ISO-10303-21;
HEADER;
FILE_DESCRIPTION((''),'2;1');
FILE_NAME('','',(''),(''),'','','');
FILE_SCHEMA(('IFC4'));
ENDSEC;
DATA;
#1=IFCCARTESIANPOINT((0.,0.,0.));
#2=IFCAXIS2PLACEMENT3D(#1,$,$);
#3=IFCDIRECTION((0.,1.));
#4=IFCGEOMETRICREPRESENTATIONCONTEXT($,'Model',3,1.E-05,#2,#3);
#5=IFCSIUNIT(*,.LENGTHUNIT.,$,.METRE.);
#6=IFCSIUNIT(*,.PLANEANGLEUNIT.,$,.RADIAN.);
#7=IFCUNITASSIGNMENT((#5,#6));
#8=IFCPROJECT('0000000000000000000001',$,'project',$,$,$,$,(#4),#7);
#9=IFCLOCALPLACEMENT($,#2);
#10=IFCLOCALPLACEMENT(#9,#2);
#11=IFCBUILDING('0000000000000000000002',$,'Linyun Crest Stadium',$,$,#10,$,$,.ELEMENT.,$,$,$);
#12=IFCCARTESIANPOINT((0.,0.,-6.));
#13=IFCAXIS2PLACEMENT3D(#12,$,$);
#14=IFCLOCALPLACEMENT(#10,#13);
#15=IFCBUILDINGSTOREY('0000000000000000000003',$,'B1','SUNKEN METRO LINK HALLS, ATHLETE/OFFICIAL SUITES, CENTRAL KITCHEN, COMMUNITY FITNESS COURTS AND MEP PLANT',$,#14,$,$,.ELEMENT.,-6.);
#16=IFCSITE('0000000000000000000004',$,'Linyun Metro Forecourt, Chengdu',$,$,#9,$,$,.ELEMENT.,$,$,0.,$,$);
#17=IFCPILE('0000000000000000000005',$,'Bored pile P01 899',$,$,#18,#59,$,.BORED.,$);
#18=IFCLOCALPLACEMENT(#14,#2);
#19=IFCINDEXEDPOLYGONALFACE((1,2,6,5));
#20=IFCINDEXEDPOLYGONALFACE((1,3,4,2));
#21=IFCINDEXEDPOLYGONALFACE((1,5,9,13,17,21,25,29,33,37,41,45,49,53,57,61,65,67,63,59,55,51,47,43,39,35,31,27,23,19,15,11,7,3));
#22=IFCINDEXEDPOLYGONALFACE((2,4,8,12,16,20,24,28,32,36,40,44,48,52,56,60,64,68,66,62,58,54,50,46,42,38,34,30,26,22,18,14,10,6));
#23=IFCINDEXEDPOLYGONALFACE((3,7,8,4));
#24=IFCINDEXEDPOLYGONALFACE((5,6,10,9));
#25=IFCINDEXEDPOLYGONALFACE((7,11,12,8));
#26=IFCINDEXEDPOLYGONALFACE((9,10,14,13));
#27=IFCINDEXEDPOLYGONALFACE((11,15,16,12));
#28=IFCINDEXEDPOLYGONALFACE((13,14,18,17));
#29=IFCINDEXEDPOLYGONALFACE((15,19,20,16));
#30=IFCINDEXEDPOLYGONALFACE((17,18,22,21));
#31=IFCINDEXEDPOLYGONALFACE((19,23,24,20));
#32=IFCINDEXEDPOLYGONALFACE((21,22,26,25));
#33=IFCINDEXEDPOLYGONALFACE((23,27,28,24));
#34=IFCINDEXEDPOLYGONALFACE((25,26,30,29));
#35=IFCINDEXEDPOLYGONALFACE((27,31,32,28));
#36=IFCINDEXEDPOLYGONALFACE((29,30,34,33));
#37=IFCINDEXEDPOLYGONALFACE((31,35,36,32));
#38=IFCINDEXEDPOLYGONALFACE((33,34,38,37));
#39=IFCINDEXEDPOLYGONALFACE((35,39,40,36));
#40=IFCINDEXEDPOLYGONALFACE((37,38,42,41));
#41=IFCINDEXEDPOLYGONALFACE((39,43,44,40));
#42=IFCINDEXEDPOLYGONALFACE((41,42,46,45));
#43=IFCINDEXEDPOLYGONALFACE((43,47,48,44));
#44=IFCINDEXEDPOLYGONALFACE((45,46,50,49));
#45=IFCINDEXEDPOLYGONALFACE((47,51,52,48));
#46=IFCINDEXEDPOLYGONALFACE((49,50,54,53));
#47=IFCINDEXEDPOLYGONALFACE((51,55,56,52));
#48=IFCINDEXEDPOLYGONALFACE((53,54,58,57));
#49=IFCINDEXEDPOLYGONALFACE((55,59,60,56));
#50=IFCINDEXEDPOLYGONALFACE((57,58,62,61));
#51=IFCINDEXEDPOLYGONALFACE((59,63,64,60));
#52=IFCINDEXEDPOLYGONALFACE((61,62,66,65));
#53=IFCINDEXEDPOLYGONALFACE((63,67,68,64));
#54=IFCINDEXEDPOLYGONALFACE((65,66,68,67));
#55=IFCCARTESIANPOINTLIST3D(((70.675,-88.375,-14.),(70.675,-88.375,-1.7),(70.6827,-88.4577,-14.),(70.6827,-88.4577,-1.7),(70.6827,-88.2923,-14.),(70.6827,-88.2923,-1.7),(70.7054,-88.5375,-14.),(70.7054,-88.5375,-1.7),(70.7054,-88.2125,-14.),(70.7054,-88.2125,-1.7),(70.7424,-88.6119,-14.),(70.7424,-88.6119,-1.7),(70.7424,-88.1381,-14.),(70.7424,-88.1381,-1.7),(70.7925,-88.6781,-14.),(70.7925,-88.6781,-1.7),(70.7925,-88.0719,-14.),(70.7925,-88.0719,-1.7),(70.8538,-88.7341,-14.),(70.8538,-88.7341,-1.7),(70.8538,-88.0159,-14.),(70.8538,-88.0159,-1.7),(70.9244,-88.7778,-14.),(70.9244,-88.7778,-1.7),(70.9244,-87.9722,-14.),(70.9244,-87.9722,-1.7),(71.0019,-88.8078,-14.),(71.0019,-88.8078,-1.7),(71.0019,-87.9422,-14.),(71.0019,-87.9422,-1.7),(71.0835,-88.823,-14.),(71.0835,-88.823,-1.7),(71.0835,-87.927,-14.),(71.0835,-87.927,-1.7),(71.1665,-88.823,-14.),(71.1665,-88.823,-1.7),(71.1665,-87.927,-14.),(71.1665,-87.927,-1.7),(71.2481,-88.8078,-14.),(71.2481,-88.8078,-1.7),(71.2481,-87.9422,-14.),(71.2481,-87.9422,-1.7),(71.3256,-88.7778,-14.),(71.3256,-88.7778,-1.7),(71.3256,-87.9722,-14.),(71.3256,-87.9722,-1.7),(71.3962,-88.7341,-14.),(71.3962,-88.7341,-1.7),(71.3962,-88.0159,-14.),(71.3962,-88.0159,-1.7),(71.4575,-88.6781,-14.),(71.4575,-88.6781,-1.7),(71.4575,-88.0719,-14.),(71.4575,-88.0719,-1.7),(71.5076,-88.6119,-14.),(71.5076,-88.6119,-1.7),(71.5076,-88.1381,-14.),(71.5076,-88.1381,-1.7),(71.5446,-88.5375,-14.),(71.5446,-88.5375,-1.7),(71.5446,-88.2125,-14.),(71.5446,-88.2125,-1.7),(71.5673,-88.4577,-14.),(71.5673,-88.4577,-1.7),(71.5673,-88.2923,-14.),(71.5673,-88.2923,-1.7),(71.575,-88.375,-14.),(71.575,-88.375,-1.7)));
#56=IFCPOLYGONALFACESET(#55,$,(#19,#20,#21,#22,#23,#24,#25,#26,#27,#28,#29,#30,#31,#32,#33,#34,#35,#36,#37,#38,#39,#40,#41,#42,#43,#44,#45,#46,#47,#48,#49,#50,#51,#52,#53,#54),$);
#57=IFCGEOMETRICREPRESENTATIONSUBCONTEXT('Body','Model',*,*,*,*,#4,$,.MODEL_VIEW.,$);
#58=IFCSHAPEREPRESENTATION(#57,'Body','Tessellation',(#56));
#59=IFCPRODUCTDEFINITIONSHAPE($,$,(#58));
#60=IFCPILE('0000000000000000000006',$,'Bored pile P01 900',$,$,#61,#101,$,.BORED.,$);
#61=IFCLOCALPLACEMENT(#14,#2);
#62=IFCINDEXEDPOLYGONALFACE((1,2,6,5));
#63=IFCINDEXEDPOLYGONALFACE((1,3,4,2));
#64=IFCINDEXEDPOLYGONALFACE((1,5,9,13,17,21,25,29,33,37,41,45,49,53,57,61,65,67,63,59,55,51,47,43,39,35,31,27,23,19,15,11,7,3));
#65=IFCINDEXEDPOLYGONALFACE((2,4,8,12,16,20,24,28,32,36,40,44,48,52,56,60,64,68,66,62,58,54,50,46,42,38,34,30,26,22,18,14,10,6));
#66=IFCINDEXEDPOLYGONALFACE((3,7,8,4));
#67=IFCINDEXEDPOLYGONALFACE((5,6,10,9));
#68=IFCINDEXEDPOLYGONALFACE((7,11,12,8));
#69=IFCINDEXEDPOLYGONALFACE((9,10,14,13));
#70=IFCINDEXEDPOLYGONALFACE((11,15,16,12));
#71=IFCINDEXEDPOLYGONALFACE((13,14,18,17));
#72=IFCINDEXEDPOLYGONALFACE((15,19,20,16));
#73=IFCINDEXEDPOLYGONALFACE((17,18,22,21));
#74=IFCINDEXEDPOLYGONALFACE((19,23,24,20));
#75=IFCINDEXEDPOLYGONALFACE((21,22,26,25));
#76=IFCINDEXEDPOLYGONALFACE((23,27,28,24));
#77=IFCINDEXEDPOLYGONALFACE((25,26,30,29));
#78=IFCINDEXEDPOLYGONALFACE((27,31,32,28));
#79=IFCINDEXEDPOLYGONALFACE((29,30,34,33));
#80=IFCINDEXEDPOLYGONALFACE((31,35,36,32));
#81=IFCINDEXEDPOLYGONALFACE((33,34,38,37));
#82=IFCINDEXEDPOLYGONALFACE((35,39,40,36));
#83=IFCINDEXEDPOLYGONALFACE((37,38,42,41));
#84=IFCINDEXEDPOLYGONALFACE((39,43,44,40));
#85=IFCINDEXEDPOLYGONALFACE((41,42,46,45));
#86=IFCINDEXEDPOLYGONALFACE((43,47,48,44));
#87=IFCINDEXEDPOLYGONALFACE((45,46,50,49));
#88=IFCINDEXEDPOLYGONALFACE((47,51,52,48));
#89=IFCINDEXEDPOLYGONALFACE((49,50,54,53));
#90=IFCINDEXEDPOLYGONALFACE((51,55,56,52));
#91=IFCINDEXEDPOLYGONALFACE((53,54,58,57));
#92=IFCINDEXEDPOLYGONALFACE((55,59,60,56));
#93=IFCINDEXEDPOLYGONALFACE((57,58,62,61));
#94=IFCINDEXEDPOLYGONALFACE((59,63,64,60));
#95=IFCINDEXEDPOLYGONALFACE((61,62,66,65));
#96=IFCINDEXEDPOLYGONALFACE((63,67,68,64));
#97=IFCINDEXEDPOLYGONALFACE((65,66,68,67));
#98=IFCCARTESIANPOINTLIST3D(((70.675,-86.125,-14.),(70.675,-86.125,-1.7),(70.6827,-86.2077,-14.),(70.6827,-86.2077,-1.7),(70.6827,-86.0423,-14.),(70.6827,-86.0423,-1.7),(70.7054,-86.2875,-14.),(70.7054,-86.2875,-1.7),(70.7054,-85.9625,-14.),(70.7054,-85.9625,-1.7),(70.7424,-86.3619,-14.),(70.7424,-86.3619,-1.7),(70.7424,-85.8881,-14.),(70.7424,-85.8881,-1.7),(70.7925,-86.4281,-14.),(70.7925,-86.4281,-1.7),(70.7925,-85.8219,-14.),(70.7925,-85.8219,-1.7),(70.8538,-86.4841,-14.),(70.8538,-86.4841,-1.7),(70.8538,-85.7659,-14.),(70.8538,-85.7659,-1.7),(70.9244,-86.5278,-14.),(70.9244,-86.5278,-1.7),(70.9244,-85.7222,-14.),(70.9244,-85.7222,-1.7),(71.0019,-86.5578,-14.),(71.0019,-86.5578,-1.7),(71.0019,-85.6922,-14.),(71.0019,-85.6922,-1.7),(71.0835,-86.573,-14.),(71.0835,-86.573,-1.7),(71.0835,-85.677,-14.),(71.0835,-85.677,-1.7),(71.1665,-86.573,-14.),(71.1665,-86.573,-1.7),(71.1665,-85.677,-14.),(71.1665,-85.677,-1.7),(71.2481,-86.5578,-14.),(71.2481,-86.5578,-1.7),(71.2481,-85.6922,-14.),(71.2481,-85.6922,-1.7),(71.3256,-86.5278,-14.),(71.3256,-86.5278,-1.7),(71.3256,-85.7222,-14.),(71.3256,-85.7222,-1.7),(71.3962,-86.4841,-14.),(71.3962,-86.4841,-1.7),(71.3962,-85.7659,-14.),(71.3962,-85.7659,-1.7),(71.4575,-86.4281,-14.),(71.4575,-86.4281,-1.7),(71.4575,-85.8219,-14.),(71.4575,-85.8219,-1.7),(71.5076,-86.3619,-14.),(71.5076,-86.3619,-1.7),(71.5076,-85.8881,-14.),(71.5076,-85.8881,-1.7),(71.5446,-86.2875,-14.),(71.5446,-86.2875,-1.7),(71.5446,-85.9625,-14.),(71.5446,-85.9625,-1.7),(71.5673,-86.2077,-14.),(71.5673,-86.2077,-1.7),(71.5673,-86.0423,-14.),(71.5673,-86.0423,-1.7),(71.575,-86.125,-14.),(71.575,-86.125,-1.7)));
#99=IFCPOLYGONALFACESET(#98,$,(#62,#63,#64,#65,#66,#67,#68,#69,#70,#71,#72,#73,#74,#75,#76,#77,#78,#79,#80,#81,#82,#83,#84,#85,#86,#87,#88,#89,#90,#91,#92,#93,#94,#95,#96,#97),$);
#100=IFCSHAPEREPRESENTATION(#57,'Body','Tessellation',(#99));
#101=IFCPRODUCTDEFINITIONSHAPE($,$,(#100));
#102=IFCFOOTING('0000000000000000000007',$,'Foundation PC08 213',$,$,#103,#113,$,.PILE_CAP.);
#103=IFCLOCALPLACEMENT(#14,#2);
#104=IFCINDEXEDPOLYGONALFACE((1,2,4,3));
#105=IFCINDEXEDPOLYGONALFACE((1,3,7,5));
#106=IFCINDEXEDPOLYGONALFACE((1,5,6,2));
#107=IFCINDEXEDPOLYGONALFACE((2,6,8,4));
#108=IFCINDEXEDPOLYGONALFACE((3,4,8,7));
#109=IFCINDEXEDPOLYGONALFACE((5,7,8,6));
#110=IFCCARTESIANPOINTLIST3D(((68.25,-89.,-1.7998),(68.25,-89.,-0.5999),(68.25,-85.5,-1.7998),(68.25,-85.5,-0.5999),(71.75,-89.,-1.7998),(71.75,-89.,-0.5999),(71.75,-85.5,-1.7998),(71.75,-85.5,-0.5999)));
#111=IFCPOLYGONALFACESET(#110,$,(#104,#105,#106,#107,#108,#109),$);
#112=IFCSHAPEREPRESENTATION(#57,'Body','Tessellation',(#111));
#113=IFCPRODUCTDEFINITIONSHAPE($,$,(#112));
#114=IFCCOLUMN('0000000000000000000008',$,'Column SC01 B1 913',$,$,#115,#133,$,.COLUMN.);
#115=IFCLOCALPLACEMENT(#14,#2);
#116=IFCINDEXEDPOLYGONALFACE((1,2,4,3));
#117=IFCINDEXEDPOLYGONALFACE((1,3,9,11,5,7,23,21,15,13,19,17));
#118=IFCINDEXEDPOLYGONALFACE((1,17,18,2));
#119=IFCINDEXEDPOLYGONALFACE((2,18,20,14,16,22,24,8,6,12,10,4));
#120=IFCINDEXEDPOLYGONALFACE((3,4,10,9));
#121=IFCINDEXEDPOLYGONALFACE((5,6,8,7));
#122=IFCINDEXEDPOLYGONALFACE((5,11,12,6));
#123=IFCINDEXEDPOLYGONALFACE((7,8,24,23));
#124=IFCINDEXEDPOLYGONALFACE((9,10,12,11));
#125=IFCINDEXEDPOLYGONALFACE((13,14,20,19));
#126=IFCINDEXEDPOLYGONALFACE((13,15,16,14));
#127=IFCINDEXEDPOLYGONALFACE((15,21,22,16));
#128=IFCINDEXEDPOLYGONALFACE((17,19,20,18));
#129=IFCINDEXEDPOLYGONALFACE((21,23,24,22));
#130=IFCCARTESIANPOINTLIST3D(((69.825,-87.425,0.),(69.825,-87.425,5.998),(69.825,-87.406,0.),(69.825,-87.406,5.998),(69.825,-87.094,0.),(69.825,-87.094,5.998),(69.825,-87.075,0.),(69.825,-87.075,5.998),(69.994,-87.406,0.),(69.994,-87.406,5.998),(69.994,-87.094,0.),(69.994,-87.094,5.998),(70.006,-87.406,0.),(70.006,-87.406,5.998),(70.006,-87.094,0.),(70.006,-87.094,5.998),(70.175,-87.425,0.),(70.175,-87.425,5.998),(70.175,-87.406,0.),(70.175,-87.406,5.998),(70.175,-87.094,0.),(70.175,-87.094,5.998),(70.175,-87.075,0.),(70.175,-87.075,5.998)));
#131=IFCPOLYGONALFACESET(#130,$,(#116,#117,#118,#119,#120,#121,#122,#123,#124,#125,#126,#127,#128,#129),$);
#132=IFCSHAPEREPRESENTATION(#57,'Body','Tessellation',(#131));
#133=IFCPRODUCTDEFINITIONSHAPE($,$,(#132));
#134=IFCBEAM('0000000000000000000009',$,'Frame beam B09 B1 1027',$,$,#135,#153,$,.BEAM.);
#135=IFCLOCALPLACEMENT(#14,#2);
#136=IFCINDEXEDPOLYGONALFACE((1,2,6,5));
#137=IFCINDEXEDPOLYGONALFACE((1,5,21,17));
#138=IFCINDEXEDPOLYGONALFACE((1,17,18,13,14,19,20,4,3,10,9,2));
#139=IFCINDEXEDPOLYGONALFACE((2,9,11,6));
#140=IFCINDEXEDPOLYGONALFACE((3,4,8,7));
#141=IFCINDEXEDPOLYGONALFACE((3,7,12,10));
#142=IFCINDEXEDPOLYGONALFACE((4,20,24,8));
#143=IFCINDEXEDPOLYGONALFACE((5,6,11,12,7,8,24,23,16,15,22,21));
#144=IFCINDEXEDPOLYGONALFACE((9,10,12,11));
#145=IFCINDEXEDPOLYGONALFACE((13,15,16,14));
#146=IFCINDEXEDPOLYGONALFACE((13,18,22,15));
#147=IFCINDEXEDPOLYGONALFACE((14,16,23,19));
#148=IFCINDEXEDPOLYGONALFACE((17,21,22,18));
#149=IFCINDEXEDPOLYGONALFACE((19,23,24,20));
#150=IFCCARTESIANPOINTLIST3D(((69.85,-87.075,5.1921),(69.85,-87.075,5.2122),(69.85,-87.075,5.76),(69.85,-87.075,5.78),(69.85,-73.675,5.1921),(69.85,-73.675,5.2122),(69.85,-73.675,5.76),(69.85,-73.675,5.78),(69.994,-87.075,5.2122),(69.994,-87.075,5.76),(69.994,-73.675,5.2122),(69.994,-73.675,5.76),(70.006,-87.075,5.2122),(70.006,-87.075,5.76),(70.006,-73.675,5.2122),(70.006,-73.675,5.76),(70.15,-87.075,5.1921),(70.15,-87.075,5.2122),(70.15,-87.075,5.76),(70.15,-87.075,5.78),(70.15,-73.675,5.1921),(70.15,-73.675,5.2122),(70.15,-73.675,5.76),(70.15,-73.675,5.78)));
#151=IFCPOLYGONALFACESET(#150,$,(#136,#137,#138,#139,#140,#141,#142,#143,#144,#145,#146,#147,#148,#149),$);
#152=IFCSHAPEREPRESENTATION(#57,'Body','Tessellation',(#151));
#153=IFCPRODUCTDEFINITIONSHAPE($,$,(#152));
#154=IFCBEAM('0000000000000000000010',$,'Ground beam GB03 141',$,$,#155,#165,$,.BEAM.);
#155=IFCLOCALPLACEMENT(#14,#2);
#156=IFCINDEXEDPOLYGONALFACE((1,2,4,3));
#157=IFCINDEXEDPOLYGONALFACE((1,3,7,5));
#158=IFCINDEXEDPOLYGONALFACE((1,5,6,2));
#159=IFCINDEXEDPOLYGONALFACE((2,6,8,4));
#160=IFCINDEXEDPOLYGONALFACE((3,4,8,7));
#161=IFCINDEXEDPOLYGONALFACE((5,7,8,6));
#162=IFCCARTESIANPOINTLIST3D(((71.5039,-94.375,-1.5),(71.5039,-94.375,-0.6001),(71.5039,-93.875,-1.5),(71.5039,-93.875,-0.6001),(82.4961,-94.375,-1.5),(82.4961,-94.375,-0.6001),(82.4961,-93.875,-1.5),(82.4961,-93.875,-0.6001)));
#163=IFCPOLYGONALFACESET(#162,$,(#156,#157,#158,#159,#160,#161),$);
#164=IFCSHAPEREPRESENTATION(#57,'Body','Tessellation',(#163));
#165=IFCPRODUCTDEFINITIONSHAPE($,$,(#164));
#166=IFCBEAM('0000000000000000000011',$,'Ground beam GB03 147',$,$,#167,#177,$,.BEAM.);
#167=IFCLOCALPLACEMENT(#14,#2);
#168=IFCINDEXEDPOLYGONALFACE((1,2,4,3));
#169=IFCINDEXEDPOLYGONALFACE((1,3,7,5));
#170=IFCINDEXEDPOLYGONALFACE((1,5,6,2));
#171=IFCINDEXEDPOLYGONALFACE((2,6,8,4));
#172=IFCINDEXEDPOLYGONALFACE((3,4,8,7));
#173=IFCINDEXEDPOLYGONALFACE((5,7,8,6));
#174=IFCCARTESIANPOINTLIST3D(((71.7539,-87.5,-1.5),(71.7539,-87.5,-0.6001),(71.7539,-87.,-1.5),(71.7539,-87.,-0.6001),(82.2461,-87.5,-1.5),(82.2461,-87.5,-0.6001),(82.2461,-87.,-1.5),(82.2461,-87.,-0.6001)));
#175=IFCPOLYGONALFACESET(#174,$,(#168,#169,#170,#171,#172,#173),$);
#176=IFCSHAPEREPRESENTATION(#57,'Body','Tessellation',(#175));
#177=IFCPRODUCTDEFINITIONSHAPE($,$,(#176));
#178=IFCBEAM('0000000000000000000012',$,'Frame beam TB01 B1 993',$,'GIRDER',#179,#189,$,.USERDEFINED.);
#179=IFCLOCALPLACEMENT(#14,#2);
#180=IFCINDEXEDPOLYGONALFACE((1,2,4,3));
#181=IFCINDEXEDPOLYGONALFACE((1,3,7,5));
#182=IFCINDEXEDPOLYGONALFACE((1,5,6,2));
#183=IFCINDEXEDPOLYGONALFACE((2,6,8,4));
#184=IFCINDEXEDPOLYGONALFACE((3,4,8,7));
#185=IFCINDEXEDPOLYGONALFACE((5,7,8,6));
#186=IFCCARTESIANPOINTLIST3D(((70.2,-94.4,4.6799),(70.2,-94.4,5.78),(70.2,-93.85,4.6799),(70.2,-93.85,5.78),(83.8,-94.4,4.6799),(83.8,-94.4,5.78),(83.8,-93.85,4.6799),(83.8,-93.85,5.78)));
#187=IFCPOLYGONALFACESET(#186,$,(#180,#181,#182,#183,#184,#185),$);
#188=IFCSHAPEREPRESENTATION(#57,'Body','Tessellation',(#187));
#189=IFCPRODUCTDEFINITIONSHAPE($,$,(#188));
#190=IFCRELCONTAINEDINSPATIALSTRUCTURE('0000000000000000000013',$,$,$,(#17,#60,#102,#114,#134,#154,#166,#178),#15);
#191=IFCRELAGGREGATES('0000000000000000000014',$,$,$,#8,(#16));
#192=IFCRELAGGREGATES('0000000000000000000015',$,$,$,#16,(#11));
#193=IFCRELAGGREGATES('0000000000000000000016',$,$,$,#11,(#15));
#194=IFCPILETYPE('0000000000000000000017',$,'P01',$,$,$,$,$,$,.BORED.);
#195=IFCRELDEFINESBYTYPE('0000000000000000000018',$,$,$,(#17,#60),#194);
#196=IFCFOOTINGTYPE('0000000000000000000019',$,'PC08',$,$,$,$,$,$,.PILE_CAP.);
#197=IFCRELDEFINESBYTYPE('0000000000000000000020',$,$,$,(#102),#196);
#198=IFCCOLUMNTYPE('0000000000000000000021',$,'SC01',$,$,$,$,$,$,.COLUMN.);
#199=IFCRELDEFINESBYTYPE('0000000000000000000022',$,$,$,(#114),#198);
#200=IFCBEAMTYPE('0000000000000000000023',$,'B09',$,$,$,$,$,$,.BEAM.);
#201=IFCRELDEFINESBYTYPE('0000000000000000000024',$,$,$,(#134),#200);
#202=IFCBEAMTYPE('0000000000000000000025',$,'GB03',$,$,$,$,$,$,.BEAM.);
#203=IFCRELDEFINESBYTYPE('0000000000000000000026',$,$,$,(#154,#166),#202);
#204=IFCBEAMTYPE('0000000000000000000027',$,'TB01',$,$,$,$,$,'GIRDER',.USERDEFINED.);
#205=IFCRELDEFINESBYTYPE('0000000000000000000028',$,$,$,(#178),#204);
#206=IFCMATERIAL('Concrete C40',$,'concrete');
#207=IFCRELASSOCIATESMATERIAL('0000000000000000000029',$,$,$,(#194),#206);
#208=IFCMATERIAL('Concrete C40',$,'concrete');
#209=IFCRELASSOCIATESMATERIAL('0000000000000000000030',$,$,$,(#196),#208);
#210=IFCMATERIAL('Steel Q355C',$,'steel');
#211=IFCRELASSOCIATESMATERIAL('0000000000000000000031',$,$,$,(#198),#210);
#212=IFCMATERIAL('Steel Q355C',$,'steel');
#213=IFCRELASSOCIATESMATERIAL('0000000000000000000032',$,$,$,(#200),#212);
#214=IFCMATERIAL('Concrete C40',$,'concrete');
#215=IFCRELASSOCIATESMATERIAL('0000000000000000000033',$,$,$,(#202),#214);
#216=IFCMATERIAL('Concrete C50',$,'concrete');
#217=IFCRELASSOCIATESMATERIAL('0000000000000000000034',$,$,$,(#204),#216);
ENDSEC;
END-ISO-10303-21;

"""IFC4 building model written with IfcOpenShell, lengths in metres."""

from ifc_helpers import new_model, si_unit, direction, frame, origin, origin_2d, place, context, subcontext, project, spatial, rectangle, circle, i_section, extrude, material, material_profile, profile_set, type_object, element, save


model = new_model("IFC4")

# Units and contexts
model_context = context("Model", 3, precision=1e-05, world=origin(), true_north=direction((0.0, 1.0)))
body_context = subcontext(model_context, "Body", "Model", "MODEL_VIEW")
ifc_project = project(units=[si_unit("LENGTHUNIT", "METRE"), si_unit("PLANEANGLEUNIT", "RADIAN")], contexts=[model_context])

# Site, building, storey
site_placement = place(None, origin())
site = spatial("IfcSite", under=ifc_project, at=site_placement, Name="Linyun Metro Forecourt, Chengdu", CompositionType="ELEMENT", RefElevation=0.0)
building_placement = place(site_placement, origin())
building = spatial("IfcBuilding", under=site, at=building_placement, Name="Linyun Crest Stadium", CompositionType="ELEMENT")
storey_placement = place(building_placement, frame((0.0, 0.0, -6.0)))
storey = spatial("IfcBuildingStorey", under=building, at=storey_placement, Name="B1", Description="SUNKEN METRO LINK HALLS, ATHLETE/OFFICIAL SUITES, CENTRAL KITCHEN, COMMUNITY FITNESS COURTS AND MEP PLANT", CompositionType="ELEMENT", Elevation=-6.0)

# Piles
ifc_material_1 = material(Name="Concrete C40", Category="concrete")
ifc_material_profile_1 = material_profile(ifc_material_1, circle(Radius=0.45, at=origin_2d()), Name="BORED PILE 900")
ifc_profile_set_1 = profile_set([ifc_material_profile_1], Name="Concrete C40")
pile_type = type_object("IfcPileType", Name="P01", PredefinedType="BORED", material=ifc_profile_set_1)
for number, where, z_axis, x_axis, name in (
    (1, (71.125, -88.375, -1.7), (0.0, 0.0, -1.0), (1.0, 0.0, 0.0), "Bored pile P01 899"),
    (2, (71.125, -86.125, -1.7), (0.0, 0.0, -1.0), (1.0, 0.0, 0.0), "Bored pile P01 900"),
):
    element("IfcPile", number, at=place(storey_placement, frame(where, z_axis=z_axis, x_axis=x_axis)), inside=storey, type_object=pile_type, Name=name, PredefinedType="BORED", context=body_context, shape_type="SweptSolid", body=[
        extrude(circle(Radius=0.45, at=origin_2d()), origin(), (0.0, 0.0, 1.0), 12.3),
    ])

# Footing
ifc_material_2 = material(Name="Concrete C40", Category="concrete")
footing_type = type_object("IfcFootingType", Name="PC08", PredefinedType="PILE_CAP", material=ifc_material_2)
footing_placement = place(storey_placement, frame((70.0, -87.25, -1.7998), z_axis=(0.0, 0.0, 1.0), x_axis=(1.0, 0.0, 0.0)))
element("IfcFooting", 3, at=footing_placement, inside=storey, type_object=footing_type, Name="Foundation PC08 213", PredefinedType="PILE_CAP", context=body_context, shape_type="SweptSolid", body=[
    extrude(rectangle(XDim=3.5, YDim=3.5, at=origin_2d()), origin(), (0.0, 0.0, 1.0), 1.2),
])

# Column
ifc_material_3 = material(Name="Steel Q355C", Category="steel")
ifc_material_profile_2 = material_profile(ifc_material_3, i_section(OverallWidth=0.3501, OverallDepth=0.3501, WebThickness=0.012, FlangeThickness=0.019, at=origin_2d()), Name="HW 350x350")
ifc_profile_set_2 = profile_set([ifc_material_profile_2], Name="Steel Q355C")
column_type = type_object("IfcColumnType", Name="SC01", PredefinedType="COLUMN", material=ifc_profile_set_2)
column_placement = place(storey_placement, frame((70.0, -87.25, 0.0), z_axis=(0.0, 0.0, 1.0), x_axis=(1.0, 0.0, 0.0)))
element("IfcColumn", 4, at=column_placement, inside=storey, type_object=column_type, Name="Column SC01 B1 913", PredefinedType="COLUMN", context=body_context, shape_type="SweptSolid", body=[
    extrude(i_section(OverallWidth=0.3501, OverallDepth=0.3501, WebThickness=0.012, FlangeThickness=0.019, at=origin_2d()), origin(), (0.0, 0.0, 1.0), 5.998),
])

# Beams
ifc_material_4 = material(Name="Steel Q355C", Category="steel")
ifc_material_profile_3 = material_profile(ifc_material_4, i_section(OverallWidth=0.3, OverallDepth=0.5879, WebThickness=0.012, FlangeThickness=0.02, at=origin_2d()), Name="HM 588x300")
ifc_profile_set_3 = profile_set([ifc_material_profile_3], Name="Steel Q355C")
beam_type_1 = type_object("IfcBeamType", Name="B09", PredefinedType="BEAM", material=ifc_profile_set_3)
beam_1_placement = place(storey_placement, frame((70.0, -87.075, 5.4861), z_axis=(0.0, 1.0, 0.0), x_axis=(-1.0, 0.0, 0.0)))
element("IfcBeam", 5, at=beam_1_placement, inside=storey, type_object=beam_type_1, Name="Frame beam B09 B1 1027", PredefinedType="BEAM", context=body_context, shape_type="SweptSolid", body=[
    extrude(i_section(OverallWidth=0.3, OverallDepth=0.5879, WebThickness=0.012, FlangeThickness=0.02, at=origin_2d()), origin(), (0.0, 0.0, 1.0), 13.3999),
])
ifc_material_5 = material(Name="Concrete C40", Category="concrete")
ifc_material_profile_4 = material_profile(ifc_material_5, rectangle(XDim=0.5, YDim=0.8999, at=origin_2d()), Name="RCB 900x500")
ifc_profile_set_4 = profile_set([ifc_material_profile_4], Name="Concrete C40")
beam_type_2 = type_object("IfcBeamType", Name="GB03", PredefinedType="BEAM", material=ifc_profile_set_4)
beam_2_placement = place(storey_placement, frame((71.5039, -94.125, -1.05), z_axis=(1.0, 0.0, 0.0), x_axis=(0.0, 1.0, 0.0)))
element("IfcBeam", 6, at=beam_2_placement, inside=storey, type_object=beam_type_2, Name="Ground beam GB03 141", PredefinedType="BEAM", context=body_context, shape_type="SweptSolid", body=[
    extrude(rectangle(XDim=0.5, YDim=0.8999, at=origin_2d()), origin(), (0.0, 0.0, 1.0), 10.9922),
])
beam_3_placement = place(storey_placement, frame((71.7539, -87.25, -1.05), z_axis=(1.0, 0.0, 0.0), x_axis=(0.0, 1.0, 0.0)))
element("IfcBeam", 7, at=beam_3_placement, inside=storey, type_object=beam_type_2, Name="Ground beam GB03 147", PredefinedType="BEAM", context=body_context, shape_type="SweptSolid", body=[
    extrude(rectangle(XDim=0.5, YDim=0.8999, at=origin_2d()), origin(), (0.0, 0.0, 1.0), 10.4922),
])
ifc_material_6 = material(Name="Concrete C50", Category="concrete")
ifc_material_profile_5 = material_profile(ifc_material_6, rectangle(XDim=0.55, YDim=1.1001, at=origin_2d()), Name="RCB 1100x550")
ifc_profile_set_5 = profile_set([ifc_material_profile_5], Name="Concrete C50")
beam_type_3 = type_object("IfcBeamType", Name="TB01", ElementType="GIRDER", PredefinedType="USERDEFINED", material=ifc_profile_set_5)
beam_4_placement = place(storey_placement, frame((70.2, -94.125, 5.23), z_axis=(1.0, 0.0, 0.0), x_axis=(0.0, 1.0, 0.0)))
element("IfcBeam", 8, at=beam_4_placement, inside=storey, type_object=beam_type_3, Name="Frame beam TB01 B1 993", ObjectType="GIRDER", PredefinedType="USERDEFINED", context=body_context, shape_type="SweptSolid", body=[
    extrude(rectangle(XDim=0.55, YDim=1.1001, at=origin_2d()), origin(), (0.0, 0.0, 1.0), 13.6001),
])

save(model, "model.ifc")
